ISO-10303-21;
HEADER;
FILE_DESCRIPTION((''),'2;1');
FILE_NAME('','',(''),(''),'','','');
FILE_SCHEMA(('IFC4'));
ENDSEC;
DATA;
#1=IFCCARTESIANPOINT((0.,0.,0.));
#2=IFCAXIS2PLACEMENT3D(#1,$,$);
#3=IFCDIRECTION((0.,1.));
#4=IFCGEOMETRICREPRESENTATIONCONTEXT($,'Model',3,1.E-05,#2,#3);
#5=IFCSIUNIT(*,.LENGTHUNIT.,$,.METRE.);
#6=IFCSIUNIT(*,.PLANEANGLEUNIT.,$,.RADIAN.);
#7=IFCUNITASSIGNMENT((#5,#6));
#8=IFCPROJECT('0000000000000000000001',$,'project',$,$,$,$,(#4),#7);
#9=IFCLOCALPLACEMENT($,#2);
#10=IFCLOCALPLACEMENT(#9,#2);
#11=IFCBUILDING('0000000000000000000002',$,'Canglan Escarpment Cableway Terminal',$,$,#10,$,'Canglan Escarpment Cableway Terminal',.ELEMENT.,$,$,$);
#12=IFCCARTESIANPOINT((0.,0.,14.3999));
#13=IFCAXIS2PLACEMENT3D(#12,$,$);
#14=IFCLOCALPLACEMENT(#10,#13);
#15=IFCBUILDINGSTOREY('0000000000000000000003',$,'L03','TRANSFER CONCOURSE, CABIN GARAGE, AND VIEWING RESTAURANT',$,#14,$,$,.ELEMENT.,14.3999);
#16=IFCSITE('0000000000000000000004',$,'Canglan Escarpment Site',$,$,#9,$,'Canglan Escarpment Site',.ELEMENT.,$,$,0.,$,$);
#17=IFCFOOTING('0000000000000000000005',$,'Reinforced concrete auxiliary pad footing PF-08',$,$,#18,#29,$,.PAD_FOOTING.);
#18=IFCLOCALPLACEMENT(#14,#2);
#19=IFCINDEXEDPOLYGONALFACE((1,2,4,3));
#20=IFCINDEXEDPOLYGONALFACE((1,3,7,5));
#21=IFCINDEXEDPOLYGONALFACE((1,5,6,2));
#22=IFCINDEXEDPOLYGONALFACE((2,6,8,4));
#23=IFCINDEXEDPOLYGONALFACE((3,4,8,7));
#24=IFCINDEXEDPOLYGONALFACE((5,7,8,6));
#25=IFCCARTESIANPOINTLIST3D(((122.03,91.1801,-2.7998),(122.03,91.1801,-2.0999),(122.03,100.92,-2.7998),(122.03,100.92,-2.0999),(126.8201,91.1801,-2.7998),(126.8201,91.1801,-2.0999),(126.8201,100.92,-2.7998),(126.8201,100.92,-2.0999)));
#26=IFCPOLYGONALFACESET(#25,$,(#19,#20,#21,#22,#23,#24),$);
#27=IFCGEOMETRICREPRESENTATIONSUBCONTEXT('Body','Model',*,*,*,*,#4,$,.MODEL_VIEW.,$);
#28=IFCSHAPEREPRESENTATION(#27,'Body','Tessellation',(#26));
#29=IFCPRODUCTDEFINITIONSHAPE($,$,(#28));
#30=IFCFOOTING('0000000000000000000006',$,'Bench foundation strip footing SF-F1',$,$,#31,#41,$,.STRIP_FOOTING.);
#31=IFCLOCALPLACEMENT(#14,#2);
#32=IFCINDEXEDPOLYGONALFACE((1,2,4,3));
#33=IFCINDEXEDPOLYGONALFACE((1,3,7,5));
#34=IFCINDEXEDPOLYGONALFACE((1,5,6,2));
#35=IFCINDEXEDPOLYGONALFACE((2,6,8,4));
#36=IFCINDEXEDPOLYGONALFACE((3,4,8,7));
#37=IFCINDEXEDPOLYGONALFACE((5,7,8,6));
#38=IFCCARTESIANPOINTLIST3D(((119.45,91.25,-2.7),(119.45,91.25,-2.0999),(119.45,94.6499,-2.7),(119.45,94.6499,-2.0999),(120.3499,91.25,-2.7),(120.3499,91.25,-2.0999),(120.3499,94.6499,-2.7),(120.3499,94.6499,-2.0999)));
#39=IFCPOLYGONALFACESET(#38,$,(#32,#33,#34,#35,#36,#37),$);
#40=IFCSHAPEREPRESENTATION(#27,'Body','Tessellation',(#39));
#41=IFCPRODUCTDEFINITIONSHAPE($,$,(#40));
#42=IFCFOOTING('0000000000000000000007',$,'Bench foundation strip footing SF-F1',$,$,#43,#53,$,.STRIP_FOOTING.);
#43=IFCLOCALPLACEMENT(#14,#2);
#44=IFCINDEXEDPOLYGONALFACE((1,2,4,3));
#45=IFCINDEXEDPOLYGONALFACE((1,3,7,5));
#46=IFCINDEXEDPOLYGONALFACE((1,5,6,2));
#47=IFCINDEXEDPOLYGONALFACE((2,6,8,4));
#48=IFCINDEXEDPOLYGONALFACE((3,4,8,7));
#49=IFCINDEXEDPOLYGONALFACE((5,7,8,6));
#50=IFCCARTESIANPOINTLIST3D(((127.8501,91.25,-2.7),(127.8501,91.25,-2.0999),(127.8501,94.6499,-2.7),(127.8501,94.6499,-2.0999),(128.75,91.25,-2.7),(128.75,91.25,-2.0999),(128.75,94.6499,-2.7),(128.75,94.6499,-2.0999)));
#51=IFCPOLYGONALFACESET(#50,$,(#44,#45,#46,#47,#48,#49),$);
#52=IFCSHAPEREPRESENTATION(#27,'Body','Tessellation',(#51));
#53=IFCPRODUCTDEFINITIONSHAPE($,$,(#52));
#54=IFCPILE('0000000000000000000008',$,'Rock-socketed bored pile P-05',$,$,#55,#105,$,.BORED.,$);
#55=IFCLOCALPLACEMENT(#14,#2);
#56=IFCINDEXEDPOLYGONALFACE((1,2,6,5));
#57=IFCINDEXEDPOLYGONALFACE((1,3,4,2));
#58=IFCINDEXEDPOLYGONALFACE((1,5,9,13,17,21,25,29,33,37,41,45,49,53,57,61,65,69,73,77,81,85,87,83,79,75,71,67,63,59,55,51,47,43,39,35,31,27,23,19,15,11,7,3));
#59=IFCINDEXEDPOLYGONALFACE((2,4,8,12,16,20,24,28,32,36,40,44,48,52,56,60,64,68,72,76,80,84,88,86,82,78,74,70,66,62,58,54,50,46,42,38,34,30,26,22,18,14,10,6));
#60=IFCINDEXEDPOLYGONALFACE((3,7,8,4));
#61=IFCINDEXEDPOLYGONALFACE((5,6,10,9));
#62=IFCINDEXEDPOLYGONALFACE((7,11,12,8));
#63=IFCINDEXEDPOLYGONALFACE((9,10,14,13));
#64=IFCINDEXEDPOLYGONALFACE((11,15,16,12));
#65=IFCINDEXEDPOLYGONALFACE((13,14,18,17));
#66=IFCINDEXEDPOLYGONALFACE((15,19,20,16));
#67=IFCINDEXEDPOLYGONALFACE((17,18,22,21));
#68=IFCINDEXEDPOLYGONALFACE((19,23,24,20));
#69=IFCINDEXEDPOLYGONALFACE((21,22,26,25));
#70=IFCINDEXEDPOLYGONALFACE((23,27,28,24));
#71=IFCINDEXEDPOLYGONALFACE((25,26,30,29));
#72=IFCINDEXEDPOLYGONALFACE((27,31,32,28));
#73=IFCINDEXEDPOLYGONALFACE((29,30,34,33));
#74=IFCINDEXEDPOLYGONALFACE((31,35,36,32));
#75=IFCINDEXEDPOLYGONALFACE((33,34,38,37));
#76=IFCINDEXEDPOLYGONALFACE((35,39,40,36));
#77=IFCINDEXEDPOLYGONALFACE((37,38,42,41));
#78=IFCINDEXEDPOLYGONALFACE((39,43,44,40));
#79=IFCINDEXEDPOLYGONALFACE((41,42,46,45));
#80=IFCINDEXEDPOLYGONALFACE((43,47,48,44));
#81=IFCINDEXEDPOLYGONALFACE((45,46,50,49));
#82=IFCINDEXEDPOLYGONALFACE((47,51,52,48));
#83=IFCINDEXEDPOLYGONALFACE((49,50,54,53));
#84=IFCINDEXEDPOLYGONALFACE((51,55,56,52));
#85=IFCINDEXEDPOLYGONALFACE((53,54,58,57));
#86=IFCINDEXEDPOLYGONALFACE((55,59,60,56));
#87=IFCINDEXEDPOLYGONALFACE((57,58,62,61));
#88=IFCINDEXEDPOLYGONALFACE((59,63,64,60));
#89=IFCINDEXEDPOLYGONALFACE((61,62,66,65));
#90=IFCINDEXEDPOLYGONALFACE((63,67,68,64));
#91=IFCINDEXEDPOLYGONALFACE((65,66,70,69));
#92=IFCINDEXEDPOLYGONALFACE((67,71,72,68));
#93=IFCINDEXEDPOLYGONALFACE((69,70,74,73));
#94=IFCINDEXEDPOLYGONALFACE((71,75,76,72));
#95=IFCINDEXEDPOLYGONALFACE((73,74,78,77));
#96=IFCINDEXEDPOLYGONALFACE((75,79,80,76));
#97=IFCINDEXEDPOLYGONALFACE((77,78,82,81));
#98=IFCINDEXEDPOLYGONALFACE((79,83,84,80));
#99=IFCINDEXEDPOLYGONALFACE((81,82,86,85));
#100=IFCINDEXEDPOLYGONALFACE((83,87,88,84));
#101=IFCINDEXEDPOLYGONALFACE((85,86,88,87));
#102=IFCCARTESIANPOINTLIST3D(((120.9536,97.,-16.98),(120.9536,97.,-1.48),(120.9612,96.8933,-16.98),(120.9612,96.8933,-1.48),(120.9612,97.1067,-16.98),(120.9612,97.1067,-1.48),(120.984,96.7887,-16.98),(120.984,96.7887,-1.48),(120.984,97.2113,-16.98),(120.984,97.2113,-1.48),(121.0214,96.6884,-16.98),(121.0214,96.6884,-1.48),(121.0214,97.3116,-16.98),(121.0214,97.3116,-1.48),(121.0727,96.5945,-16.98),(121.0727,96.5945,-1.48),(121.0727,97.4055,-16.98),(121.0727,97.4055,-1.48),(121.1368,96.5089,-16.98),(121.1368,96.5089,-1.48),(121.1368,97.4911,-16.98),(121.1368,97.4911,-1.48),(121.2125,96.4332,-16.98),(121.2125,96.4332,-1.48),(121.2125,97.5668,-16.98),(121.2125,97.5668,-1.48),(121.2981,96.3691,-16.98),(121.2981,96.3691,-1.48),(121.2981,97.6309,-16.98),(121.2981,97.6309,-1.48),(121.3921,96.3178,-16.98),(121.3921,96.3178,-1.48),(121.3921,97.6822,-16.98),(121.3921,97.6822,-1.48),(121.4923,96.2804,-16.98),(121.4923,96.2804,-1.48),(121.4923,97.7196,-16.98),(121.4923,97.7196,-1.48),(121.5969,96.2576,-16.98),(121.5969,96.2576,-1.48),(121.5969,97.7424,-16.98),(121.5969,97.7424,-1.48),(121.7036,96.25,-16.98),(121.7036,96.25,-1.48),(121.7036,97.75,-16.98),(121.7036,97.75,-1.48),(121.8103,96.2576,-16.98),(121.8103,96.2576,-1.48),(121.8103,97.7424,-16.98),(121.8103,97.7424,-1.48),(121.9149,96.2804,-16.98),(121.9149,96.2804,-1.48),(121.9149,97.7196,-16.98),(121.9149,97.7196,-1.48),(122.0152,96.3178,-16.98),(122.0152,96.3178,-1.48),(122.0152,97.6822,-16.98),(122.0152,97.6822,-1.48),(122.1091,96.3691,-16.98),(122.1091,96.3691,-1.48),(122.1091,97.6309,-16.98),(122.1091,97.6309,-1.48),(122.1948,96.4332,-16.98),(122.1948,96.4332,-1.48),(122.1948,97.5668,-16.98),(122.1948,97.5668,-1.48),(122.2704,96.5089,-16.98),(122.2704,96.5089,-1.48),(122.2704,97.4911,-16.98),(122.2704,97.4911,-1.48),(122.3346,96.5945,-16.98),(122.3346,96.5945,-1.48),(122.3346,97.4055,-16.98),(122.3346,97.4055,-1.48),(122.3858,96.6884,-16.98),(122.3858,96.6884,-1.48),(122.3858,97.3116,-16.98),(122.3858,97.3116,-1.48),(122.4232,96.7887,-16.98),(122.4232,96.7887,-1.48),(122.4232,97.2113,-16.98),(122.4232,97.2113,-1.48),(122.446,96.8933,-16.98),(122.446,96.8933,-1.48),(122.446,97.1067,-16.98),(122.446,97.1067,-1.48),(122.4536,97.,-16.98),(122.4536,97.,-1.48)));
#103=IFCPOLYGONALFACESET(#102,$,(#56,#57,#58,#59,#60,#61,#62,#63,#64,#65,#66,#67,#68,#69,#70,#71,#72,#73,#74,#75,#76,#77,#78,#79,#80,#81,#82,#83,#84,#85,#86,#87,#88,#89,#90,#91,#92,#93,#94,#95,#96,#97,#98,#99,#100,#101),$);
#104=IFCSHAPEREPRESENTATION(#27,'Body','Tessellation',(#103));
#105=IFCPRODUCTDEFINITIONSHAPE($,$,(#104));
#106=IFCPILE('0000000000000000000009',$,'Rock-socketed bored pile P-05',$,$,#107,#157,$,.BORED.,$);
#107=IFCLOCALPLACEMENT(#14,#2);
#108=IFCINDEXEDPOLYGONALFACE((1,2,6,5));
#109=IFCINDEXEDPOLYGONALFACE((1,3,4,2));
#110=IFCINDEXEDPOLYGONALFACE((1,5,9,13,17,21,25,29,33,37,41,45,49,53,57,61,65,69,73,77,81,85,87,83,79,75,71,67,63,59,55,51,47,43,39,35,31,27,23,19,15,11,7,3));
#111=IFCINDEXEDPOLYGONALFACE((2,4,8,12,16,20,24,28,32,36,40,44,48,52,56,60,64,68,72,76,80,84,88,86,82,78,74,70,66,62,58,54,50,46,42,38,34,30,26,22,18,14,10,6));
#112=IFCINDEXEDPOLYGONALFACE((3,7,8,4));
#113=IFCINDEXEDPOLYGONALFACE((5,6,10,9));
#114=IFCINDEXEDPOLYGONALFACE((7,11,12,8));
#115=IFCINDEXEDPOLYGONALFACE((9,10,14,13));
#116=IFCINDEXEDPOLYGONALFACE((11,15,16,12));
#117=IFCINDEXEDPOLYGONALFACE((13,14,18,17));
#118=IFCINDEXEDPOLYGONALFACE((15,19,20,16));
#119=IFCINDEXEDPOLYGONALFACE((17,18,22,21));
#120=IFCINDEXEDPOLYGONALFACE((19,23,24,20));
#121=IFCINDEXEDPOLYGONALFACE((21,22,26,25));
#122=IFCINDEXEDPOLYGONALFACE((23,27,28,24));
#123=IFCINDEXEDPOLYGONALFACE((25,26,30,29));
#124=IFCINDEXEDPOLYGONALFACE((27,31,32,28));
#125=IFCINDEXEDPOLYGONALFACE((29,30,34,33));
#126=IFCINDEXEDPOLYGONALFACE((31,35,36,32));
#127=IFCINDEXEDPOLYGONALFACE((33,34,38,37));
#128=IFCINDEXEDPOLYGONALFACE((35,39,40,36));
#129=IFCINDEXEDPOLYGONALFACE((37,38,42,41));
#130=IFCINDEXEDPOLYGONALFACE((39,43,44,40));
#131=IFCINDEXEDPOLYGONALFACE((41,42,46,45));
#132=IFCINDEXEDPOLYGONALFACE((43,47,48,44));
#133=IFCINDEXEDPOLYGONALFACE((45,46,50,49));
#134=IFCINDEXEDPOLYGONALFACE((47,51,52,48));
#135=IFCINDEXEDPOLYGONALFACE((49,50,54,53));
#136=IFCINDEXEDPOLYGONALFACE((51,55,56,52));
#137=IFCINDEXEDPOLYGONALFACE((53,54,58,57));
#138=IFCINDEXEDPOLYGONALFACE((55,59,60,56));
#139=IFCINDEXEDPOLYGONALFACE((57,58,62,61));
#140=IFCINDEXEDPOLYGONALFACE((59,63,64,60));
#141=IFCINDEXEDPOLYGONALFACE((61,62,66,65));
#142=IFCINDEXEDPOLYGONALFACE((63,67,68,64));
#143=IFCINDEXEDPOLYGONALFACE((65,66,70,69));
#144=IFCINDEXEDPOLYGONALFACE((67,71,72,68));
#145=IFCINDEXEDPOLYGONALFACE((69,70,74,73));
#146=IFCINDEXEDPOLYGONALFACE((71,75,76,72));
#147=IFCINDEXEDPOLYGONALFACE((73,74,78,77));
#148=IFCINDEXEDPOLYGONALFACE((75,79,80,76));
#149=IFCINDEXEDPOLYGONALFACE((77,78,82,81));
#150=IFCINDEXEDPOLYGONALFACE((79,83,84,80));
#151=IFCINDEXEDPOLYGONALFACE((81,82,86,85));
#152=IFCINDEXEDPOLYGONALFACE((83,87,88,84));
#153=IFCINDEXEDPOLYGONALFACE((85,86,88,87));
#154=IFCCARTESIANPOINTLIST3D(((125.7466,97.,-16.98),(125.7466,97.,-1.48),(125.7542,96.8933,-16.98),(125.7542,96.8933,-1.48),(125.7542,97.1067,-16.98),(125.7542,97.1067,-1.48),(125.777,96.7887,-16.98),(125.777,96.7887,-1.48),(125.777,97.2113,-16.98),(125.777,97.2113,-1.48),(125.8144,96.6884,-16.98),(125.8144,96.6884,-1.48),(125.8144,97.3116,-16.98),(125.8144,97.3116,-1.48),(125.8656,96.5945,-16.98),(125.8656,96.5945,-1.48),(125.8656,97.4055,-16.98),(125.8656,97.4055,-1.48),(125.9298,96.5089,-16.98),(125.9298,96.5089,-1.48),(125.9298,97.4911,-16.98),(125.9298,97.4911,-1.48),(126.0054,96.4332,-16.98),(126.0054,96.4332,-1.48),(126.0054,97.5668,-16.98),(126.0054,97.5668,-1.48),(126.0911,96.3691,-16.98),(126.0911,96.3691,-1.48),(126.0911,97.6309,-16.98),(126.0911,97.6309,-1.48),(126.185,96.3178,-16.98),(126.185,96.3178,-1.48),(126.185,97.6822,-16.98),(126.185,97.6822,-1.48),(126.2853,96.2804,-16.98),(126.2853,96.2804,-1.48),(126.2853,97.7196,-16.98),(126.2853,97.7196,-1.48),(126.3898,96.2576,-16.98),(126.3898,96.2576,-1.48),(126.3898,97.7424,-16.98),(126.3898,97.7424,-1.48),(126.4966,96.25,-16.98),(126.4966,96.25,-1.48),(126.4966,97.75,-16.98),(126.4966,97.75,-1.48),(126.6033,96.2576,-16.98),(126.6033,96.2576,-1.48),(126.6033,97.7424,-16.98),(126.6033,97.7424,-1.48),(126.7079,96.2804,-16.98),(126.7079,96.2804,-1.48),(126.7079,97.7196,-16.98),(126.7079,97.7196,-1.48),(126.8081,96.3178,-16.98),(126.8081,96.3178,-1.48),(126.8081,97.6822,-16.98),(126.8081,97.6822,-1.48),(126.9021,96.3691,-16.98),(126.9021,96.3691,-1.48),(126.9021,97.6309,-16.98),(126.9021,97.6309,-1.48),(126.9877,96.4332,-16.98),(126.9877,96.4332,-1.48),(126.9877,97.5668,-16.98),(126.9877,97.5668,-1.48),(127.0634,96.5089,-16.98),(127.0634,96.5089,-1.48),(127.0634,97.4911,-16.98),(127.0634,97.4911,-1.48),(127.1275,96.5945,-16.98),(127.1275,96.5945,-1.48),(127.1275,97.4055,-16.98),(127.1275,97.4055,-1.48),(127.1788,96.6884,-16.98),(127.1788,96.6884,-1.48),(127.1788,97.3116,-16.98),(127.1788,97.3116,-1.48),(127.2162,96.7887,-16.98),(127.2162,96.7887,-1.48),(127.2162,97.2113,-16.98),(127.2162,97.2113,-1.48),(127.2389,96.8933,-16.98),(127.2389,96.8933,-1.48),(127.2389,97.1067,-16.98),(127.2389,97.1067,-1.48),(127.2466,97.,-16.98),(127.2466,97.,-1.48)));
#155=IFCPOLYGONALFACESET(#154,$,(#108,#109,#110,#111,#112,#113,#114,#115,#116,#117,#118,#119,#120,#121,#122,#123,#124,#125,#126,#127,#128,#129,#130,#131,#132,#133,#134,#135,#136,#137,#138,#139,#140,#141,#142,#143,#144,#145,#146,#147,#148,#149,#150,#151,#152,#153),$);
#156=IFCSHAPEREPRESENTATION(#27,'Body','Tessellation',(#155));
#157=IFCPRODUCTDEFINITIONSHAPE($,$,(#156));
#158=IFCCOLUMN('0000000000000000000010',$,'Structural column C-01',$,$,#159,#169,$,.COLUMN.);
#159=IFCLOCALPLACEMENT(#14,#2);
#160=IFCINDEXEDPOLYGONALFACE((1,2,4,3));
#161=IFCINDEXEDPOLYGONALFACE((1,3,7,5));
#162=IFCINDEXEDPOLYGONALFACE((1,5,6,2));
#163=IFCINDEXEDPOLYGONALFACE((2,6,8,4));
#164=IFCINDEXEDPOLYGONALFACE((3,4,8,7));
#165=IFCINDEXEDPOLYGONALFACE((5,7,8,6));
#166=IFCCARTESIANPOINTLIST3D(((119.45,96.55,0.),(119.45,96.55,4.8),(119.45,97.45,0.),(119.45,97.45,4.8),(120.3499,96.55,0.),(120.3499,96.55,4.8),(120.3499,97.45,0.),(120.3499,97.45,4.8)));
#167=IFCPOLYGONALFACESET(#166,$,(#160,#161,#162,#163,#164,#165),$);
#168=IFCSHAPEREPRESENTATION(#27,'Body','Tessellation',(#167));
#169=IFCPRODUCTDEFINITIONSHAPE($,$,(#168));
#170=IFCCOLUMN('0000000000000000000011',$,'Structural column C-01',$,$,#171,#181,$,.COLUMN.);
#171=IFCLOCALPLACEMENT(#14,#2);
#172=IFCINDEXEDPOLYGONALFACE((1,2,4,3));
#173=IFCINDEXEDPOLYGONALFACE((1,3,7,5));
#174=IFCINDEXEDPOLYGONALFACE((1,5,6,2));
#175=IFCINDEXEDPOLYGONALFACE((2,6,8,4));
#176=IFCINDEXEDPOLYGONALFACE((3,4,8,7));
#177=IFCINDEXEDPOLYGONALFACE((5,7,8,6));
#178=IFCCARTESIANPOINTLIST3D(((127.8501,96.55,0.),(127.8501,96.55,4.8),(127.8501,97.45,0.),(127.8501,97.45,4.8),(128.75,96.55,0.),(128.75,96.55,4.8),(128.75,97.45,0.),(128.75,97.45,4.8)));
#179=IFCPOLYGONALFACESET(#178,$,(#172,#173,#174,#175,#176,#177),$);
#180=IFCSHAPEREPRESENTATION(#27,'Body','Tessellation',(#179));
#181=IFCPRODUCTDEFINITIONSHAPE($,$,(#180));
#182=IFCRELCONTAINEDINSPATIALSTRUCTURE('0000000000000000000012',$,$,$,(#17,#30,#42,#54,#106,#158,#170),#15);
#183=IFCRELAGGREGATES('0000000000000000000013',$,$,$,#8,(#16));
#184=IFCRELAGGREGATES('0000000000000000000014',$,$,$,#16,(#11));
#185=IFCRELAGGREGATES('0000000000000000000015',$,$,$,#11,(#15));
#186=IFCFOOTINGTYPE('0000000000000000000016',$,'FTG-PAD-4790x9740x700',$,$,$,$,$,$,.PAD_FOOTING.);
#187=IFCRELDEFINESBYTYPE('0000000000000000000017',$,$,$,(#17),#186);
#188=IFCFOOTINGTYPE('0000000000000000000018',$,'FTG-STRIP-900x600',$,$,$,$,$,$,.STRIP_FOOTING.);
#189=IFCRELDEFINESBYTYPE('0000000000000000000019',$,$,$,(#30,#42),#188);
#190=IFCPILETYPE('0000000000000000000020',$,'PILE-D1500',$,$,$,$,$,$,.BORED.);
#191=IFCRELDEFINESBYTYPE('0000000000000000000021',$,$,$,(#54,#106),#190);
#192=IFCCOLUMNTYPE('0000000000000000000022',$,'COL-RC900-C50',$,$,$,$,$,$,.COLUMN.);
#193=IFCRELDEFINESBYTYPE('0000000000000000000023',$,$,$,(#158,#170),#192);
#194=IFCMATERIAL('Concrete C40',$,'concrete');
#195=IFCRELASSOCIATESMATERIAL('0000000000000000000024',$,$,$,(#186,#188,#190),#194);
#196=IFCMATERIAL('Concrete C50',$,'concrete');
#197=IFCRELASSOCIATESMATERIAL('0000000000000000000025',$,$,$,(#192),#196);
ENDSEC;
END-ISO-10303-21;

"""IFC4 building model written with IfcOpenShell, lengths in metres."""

from ifc_helpers import new_model, si_unit, direction, frame, origin, origin_2d, place, context, subcontext, project, spatial, rectangle, circle, extrude, material, material_profile, profile_set, type_object, element, save


model = new_model("IFC4")

# Units and contexts
model_context = context("Model", 3, precision=1e-05, world=origin(), true_north=direction((0.0, 1.0)))
body_context = subcontext(model_context, "Body", "Model", "MODEL_VIEW")
ifc_project = project(units=[si_unit("LENGTHUNIT", "METRE"), si_unit("PLANEANGLEUNIT", "RADIAN")], contexts=[model_context])

# Site, building, storey
site_placement = place(None, origin())
site = spatial("IfcSite", under=ifc_project, at=site_placement, Name="Canglan Escarpment Site", LongName="Canglan Escarpment Site", CompositionType="ELEMENT", RefElevation=0.0)
building_placement = place(site_placement, origin())
building = spatial("IfcBuilding", under=site, at=building_placement, Name="Canglan Escarpment Cableway Terminal", LongName="Canglan Escarpment Cableway Terminal", CompositionType="ELEMENT")
storey_placement = place(building_placement, frame((0.0, 0.0, 14.3999)))
storey = spatial("IfcBuildingStorey", under=building, at=storey_placement, Name="L03", Description="TRANSFER CONCOURSE, CABIN GARAGE, AND VIEWING RESTAURANT", CompositionType="ELEMENT", Elevation=14.3999)

# Footings
ifc_material_1 = material(Name="Concrete C40", Category="concrete")
footing_type_1 = type_object("IfcFootingType", Name="FTG-PAD-4790x9740x700", PredefinedType="PAD_FOOTING", material=ifc_material_1)
footing_placement = place(storey_placement, frame((124.425, 96.05, -2.7998), z_axis=(0.0, 0.0, 1.0), x_axis=(1.0, 0.0, 0.0)))
element("IfcFooting", 1, at=footing_placement, inside=storey, type_object=footing_type_1, Name="Reinforced concrete auxiliary pad footing PF-08", PredefinedType="PAD_FOOTING", context=body_context, shape_type="SweptSolid", body=[
    extrude(rectangle(XDim=4.79, YDim=9.74, at=origin_2d()), origin(), (0.0, 0.0, 1.0), 0.7),
])
ifc_material_profile_1 = material_profile(ifc_material_1, rectangle(XDim=0.8999, YDim=0.6001, at=origin_2d()), Name="SF 900x600")
ifc_profile_set_1 = profile_set([ifc_material_profile_1], Name="Concrete C40")
footing_type_2 = type_object("IfcFootingType", Name="FTG-STRIP-900x600", PredefinedType="STRIP_FOOTING", material=ifc_profile_set_1)
for number, where, z_axis, x_axis, name in (
    (2, (119.8999, 91.25, -2.3999), (0.0, 1.0, 0.0), (-1.0, 0.0, 0.0), "Bench foundation strip footing SF-F1"),
    (3, (128.3, 91.25, -2.3999), (0.0, 1.0, 0.0), (-1.0, 0.0, 0.0), "Bench foundation strip footing SF-F1"),
):
    element("IfcFooting", number, at=place(storey_placement, frame(where, z_axis=z_axis, x_axis=x_axis)), inside=storey, type_object=footing_type_2, Name=name, PredefinedType="STRIP_FOOTING", context=body_context, shape_type="SweptSolid", body=[
        extrude(rectangle(XDim=0.8999, YDim=0.6001, at=origin_2d()), origin(), (0.0, 0.0, 1.0), 3.3999),
    ])

# Piles
ifc_material_profile_2 = material_profile(ifc_material_1, circle(Radius=0.75, at=origin_2d()), Name="BORED PILE D1500")
ifc_profile_set_2 = profile_set([ifc_material_profile_2], Name="Concrete C40")
pile_type = type_object("IfcPileType", Name="PILE-D1500", PredefinedType="BORED", material=ifc_profile_set_2)
for number, where, z_axis, x_axis, name in (
    (4, (121.7036, 97.0, -1.48), (0.0, 0.0, -1.0), (1.0, 0.0, 0.0), "Rock-socketed bored pile P-05"),
    (5, (126.4966, 97.0, -1.48), (0.0, 0.0, -1.0), (1.0, 0.0, 0.0), "Rock-socketed bored pile P-05"),
):
    element("IfcPile", number, at=place(storey_placement, frame(where, z_axis=z_axis, x_axis=x_axis)), inside=storey, type_object=pile_type, Name=name, PredefinedType="BORED", context=body_context, shape_type="SweptSolid", body=[
        extrude(circle(Radius=0.75, at=origin_2d()), origin(), (0.0, 0.0, 1.0), 15.5),
    ])

# Columns
ifc_material_2 = material(Name="Concrete C50", Category="concrete")
ifc_material_profile_3 = material_profile(ifc_material_2, rectangle(XDim=0.8999, YDim=0.8999, at=origin_2d()), Name="RC 900x900")
ifc_profile_set_3 = profile_set([ifc_material_profile_3], Name="Concrete C50")
column_type = type_object("IfcColumnType", Name="COL-RC900-C50", PredefinedType="COLUMN", material=ifc_profile_set_3)
for number, where, z_axis, x_axis, name in (
    (6, (119.8999, 97.0, 0.0), (0.0, 0.0, 1.0), (1.0, 0.0, 0.0), "Structural column C-01"),
    (7, (128.3, 97.0, 0.0), (0.0, 0.0, 1.0), (1.0, 0.0, 0.0), "Structural column C-01"),
):
    element("IfcColumn", number, at=place(storey_placement, frame(where, z_axis=z_axis, x_axis=x_axis)), inside=storey, type_object=column_type, Name=name, PredefinedType="COLUMN", context=body_context, shape_type="SweptSolid", body=[
        extrude(rectangle(XDim=0.8999, YDim=0.8999, at=origin_2d()), origin(), (0.0, 0.0, 1.0), 4.8),
    ])

save(model, "model.ifc")
